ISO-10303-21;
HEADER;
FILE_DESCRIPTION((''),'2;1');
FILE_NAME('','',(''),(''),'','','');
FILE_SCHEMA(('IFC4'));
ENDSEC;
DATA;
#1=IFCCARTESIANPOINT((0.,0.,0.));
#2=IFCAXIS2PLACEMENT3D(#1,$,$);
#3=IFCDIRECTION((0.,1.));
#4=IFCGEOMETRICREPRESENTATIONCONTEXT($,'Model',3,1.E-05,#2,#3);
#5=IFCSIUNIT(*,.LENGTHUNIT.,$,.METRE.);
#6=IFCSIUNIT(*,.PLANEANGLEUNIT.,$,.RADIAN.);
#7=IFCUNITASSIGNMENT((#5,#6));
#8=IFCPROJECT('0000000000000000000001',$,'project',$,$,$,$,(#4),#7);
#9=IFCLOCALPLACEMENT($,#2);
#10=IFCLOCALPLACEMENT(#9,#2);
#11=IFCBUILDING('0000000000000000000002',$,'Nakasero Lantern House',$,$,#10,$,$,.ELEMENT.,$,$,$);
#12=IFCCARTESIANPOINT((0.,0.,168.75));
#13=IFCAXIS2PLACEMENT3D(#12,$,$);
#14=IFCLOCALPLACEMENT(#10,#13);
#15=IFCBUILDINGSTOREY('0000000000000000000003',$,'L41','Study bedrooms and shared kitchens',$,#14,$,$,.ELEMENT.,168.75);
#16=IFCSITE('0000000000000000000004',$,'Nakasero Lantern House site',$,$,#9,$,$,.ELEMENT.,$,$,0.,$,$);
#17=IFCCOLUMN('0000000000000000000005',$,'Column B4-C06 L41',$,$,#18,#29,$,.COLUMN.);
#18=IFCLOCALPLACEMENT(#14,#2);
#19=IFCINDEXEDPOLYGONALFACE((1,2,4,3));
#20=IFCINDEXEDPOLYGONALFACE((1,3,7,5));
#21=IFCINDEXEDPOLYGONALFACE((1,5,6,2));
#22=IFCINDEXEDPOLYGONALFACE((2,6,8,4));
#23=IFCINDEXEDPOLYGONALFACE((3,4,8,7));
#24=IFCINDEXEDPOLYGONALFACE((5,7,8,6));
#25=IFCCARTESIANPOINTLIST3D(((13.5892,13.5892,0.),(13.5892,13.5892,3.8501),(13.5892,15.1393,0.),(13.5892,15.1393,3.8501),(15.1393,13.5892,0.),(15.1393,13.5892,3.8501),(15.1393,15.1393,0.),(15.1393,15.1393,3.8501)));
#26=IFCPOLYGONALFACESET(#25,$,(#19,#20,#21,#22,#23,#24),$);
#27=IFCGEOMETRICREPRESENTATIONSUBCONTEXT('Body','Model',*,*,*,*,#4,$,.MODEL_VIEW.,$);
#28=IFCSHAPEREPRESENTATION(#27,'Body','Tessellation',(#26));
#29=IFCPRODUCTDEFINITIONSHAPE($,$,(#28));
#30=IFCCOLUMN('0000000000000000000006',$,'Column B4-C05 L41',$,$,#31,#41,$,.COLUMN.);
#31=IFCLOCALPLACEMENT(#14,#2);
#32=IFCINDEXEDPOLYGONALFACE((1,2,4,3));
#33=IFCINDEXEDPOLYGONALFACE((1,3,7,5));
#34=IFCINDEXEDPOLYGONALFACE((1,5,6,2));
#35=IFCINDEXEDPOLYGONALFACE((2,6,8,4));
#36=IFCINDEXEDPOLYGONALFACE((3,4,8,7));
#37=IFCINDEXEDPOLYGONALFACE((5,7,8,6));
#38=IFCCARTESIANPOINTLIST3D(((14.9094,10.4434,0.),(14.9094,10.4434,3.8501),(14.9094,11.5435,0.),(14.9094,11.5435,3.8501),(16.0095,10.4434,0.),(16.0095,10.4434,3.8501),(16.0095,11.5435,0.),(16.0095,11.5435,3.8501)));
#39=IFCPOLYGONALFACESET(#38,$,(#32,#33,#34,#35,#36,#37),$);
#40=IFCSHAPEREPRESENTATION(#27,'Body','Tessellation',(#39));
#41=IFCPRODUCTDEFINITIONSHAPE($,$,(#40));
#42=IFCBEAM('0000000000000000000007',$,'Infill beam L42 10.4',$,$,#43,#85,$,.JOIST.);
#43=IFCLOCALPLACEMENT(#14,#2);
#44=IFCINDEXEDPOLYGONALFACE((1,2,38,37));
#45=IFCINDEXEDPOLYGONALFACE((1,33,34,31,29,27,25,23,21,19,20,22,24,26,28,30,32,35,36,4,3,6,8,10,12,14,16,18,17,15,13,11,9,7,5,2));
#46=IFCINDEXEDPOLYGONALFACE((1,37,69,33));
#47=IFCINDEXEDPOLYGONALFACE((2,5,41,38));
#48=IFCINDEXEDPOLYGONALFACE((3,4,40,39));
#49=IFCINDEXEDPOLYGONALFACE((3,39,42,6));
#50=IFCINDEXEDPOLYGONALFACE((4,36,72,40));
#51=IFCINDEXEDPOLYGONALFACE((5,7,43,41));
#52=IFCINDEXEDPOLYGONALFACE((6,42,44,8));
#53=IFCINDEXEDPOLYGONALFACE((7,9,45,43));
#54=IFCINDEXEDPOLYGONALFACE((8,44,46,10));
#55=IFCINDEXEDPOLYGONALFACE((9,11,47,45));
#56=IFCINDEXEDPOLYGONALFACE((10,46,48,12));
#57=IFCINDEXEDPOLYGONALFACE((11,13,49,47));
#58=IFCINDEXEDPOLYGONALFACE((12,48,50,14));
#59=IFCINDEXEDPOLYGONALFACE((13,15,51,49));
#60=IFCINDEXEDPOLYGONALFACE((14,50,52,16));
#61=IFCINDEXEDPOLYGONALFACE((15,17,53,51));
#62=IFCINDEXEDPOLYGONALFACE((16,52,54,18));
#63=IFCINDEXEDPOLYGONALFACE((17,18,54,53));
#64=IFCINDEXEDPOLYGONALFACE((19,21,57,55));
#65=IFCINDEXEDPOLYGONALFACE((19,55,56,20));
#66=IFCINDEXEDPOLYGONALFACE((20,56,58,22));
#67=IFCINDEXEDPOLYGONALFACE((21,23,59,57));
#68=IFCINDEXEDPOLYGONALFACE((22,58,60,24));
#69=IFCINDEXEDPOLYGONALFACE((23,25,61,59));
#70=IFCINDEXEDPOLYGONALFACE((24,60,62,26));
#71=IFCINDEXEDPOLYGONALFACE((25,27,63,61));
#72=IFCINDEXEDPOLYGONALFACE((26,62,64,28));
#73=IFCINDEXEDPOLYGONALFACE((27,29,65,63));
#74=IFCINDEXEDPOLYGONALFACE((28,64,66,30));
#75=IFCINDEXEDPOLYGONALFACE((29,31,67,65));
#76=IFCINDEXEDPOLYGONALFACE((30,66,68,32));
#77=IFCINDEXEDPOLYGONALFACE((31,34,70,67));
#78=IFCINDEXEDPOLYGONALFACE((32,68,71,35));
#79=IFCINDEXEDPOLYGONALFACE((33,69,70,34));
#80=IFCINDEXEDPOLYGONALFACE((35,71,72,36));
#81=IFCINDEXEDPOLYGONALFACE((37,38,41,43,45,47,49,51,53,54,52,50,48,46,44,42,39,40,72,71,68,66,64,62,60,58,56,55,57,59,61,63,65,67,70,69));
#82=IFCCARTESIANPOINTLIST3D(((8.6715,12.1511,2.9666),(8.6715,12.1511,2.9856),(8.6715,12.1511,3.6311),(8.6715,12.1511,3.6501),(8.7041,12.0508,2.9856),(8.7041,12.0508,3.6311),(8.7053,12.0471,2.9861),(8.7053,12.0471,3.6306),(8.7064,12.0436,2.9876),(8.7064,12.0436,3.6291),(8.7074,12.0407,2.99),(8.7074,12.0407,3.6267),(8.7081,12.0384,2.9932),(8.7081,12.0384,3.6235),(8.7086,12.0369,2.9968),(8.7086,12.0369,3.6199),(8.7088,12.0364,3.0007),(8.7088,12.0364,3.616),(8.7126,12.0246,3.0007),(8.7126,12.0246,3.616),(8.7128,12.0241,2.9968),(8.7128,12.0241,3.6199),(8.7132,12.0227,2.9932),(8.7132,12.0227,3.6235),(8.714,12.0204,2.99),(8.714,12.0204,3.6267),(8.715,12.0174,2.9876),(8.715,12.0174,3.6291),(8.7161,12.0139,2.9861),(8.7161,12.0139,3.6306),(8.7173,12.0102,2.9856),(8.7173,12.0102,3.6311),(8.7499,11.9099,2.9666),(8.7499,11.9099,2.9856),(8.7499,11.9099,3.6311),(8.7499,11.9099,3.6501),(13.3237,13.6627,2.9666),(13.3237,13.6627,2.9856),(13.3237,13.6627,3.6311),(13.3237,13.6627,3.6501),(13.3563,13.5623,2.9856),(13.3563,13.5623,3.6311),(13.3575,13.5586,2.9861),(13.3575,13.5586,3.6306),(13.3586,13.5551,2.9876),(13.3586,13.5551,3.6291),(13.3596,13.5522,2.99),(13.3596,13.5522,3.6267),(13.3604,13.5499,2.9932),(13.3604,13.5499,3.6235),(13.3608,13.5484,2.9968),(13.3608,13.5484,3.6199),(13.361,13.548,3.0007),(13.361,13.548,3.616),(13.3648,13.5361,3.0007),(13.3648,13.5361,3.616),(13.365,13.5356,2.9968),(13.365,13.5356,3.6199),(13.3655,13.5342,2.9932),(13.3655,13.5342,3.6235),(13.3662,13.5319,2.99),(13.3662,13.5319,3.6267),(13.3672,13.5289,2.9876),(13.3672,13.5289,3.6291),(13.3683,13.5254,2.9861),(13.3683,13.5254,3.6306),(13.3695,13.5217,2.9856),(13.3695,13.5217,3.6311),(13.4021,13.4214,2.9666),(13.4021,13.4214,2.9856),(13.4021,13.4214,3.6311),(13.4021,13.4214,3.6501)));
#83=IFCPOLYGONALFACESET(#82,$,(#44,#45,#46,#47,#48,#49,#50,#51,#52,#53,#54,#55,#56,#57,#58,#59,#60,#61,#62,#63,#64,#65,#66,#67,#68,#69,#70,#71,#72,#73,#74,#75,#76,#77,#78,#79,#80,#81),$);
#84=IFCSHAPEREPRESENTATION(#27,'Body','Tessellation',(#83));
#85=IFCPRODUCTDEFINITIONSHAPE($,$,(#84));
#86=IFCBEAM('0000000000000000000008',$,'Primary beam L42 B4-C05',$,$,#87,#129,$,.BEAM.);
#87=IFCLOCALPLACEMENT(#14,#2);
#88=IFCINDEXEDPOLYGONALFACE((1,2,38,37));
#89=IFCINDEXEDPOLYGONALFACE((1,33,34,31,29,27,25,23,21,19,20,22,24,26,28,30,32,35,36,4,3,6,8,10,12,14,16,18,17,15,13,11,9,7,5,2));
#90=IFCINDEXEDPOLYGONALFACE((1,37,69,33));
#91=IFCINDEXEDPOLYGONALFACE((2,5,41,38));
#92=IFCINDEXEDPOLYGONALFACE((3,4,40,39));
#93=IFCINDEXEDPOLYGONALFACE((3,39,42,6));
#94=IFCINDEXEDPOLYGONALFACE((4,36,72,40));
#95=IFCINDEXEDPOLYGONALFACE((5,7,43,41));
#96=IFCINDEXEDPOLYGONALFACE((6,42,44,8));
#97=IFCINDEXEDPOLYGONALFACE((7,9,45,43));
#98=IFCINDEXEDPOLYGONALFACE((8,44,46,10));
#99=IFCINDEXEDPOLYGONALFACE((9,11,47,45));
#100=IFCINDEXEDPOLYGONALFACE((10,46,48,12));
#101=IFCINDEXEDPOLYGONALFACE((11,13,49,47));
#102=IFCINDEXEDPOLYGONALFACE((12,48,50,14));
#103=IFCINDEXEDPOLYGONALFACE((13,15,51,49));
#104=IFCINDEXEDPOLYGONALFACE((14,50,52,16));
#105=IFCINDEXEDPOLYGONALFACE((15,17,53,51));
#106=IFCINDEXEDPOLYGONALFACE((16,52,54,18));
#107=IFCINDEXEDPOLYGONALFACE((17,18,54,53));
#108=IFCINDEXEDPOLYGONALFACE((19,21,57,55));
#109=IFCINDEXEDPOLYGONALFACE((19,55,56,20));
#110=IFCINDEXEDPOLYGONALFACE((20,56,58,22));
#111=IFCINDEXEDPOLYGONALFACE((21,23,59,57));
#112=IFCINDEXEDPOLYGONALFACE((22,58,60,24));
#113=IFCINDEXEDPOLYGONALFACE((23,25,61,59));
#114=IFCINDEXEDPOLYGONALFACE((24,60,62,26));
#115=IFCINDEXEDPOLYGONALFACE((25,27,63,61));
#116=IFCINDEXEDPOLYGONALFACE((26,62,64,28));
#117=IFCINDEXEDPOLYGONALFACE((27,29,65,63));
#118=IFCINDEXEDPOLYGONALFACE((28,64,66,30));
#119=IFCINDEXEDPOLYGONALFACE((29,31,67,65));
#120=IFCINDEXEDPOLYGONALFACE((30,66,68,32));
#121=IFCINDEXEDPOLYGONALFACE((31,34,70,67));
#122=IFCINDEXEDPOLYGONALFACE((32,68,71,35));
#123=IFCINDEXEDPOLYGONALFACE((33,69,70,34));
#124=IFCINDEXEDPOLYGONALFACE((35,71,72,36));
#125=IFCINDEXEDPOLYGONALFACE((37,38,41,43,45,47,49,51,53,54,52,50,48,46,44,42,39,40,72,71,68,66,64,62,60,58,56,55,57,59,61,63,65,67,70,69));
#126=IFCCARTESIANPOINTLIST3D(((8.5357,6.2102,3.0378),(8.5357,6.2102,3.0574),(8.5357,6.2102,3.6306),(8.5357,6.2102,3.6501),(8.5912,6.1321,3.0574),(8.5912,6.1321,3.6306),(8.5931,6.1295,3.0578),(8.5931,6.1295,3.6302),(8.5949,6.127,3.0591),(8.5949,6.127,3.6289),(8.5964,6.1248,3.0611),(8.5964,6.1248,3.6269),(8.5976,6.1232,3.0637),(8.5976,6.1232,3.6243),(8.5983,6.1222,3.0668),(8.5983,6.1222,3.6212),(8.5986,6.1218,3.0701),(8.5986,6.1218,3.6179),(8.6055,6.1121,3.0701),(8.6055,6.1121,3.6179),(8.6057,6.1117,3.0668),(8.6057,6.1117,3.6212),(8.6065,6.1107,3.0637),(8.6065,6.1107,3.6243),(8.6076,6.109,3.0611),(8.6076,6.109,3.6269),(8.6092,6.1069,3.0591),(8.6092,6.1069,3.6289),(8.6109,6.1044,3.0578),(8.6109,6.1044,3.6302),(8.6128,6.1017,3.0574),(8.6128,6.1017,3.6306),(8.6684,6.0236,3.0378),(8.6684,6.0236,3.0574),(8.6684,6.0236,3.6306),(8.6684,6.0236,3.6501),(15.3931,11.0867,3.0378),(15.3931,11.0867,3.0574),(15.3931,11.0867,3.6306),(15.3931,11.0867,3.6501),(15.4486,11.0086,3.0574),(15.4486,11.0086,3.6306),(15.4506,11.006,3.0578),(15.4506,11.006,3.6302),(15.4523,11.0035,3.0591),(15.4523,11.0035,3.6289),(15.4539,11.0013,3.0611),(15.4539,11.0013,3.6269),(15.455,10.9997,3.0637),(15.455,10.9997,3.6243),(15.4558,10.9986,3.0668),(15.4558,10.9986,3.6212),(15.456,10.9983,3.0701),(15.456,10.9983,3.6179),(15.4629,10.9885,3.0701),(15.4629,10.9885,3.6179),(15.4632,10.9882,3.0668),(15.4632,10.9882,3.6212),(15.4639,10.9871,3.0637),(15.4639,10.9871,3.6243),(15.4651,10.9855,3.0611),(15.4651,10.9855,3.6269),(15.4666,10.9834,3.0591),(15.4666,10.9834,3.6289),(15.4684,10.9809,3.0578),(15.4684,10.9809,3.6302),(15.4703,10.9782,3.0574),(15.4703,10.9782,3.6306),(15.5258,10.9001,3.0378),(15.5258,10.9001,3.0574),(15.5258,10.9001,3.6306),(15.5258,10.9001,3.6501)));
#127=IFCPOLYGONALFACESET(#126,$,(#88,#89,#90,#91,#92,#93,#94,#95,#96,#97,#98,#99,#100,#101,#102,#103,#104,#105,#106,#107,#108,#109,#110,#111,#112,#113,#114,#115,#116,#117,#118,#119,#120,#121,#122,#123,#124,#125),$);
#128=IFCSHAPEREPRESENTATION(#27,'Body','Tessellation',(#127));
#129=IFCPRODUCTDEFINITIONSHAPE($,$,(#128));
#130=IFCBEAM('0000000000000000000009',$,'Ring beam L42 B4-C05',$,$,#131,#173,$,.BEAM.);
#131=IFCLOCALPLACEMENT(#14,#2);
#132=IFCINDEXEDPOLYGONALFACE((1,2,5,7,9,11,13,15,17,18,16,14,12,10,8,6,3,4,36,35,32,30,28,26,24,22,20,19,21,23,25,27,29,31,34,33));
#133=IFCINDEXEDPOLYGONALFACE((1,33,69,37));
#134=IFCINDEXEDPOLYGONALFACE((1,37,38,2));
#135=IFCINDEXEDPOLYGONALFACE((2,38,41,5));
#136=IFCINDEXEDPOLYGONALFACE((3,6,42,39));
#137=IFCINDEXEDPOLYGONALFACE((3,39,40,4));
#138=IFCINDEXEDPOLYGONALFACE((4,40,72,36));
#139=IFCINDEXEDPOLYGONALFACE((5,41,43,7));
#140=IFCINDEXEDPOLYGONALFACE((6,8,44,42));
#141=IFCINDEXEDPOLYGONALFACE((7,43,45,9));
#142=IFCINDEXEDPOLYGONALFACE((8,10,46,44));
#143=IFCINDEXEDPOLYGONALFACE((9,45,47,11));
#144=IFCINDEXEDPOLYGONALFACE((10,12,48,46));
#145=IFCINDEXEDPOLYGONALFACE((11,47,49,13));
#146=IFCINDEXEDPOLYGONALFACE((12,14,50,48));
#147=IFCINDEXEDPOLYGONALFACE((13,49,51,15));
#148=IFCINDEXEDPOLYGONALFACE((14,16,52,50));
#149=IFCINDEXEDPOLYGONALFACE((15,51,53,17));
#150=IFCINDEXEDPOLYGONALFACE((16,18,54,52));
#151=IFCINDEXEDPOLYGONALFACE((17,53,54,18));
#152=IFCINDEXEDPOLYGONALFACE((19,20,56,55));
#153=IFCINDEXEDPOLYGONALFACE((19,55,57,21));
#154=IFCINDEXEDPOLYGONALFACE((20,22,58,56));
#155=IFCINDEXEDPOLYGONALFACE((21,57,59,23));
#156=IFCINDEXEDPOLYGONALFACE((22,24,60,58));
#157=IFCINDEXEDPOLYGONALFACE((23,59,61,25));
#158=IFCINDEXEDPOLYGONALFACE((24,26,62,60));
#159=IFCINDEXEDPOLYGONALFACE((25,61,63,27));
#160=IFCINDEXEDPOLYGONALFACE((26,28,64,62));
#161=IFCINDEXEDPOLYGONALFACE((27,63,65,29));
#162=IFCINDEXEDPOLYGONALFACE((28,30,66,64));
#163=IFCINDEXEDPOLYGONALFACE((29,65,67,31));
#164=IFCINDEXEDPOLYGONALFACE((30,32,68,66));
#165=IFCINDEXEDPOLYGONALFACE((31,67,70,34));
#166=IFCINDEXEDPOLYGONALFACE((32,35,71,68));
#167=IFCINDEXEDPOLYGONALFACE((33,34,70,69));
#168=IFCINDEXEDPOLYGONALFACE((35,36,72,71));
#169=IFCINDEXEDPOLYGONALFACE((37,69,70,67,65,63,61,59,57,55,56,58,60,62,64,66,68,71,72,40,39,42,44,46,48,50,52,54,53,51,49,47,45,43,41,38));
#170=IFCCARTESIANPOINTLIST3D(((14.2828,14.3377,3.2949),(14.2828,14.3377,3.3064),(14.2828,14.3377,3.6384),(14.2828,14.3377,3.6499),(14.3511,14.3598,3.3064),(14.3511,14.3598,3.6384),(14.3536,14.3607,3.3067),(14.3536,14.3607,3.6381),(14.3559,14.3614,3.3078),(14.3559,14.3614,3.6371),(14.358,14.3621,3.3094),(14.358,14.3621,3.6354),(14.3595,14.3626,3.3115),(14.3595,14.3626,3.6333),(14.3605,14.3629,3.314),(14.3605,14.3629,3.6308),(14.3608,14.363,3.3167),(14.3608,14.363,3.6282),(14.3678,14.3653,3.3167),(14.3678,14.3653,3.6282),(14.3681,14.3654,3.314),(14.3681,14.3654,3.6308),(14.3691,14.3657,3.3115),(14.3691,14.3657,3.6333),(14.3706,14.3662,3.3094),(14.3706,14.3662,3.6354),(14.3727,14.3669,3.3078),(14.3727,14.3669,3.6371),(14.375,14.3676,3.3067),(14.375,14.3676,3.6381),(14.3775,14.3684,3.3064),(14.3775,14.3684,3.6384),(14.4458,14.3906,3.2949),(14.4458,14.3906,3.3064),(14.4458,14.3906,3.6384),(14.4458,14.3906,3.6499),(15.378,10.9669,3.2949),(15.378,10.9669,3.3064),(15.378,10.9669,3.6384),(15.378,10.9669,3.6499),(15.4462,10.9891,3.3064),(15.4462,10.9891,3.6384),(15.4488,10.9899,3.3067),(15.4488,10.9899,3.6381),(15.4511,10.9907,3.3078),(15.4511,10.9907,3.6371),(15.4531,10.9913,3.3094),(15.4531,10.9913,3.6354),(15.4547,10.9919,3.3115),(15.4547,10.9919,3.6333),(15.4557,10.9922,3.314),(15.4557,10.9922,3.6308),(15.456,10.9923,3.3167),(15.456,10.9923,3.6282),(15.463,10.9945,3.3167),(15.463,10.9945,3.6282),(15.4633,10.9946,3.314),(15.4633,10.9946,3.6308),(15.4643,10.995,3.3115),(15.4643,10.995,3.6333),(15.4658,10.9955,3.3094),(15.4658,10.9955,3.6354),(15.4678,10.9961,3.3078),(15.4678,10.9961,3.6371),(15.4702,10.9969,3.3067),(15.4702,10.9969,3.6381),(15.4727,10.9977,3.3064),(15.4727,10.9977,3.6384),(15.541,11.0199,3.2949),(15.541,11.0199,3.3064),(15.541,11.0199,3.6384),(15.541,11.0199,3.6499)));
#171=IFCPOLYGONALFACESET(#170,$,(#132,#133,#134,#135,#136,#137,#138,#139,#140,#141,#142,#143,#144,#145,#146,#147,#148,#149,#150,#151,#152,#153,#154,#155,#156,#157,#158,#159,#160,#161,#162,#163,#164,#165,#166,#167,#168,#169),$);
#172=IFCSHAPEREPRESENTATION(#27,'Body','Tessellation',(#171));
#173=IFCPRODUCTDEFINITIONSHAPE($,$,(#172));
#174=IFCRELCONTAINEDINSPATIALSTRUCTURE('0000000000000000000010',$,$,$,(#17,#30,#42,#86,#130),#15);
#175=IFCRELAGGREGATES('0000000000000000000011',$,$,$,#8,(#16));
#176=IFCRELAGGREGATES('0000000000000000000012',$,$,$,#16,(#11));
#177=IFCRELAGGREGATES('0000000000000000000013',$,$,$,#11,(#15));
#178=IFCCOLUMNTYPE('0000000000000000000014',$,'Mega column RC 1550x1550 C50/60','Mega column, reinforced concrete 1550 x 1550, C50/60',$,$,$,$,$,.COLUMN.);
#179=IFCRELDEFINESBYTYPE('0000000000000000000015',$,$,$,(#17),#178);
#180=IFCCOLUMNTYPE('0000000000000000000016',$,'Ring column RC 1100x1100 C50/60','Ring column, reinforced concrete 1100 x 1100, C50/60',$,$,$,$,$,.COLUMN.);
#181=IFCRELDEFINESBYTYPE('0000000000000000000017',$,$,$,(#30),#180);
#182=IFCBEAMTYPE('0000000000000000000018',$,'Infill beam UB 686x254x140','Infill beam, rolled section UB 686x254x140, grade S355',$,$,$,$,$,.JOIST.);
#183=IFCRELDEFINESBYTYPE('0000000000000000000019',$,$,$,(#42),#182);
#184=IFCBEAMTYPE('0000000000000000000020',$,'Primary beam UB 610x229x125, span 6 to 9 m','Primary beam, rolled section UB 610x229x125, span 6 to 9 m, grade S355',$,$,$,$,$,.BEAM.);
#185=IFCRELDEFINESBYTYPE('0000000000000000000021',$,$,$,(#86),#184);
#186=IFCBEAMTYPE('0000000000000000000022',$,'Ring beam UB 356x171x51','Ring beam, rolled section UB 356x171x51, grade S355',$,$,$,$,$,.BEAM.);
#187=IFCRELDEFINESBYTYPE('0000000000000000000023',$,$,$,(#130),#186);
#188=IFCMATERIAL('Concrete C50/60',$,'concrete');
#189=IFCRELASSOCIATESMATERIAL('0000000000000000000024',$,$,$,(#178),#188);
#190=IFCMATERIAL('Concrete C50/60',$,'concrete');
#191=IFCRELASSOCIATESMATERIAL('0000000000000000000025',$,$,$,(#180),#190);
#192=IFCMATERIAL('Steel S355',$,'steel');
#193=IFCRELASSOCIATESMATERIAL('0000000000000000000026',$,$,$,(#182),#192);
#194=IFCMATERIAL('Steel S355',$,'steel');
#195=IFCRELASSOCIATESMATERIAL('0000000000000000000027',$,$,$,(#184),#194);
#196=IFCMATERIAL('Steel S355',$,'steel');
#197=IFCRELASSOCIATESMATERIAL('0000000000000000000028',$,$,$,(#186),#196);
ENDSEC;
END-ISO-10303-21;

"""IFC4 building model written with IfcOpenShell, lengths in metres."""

from ifc_helpers import new_model, si_unit, direction, frame, origin, origin_2d, place, context, subcontext, project, spatial, rectangle, i_section, extrude, material, material_profile, profile_set, type_object, element, save


model = new_model("IFC4")

# Units and contexts
model_context = context("Model", 3, precision=1e-05, world=origin(), true_north=direction((0.0, 1.0)))
body_context = subcontext(model_context, "Body", "Model", "MODEL_VIEW")
ifc_project = project(units=[si_unit("LENGTHUNIT", "METRE"), si_unit("PLANEANGLEUNIT", "RADIAN")], contexts=[model_context])

# Site, building, storey
site_placement = place(None, origin())
site = spatial("IfcSite", under=ifc_project, at=site_placement, Name="Nakasero Lantern House site", CompositionType="ELEMENT", RefElevation=0.0)
building_placement = place(site_placement, origin())
building = spatial("IfcBuilding", under=site, at=building_placement, Name="Nakasero Lantern House", CompositionType="ELEMENT")
storey_placement = place(building_placement, frame((0.0, 0.0, 168.75)))
storey = spatial("IfcBuildingStorey", under=building, at=storey_placement, Name="L41", Description="Study bedrooms and shared kitchens", CompositionType="ELEMENT", Elevation=168.75)

# Columns
ifc_material_1 = material(Name="Concrete C50/60", Category="concrete")
ifc_material_profile_1 = material_profile(ifc_material_1, rectangle(XDim=1.55, YDim=1.55, at=origin_2d()), Name="RC 1550x1550")
ifc_profile_set_1 = profile_set([ifc_material_profile_1], Name="Concrete C50/60")
column_type_1 = type_object("IfcColumnType", Name="Mega column RC 1550x1550 C50/60", Description="Mega column, reinforced concrete 1550 x 1550, C50/60", PredefinedType="COLUMN", material=ifc_profile_set_1)
column_1_placement = place(storey_placement, frame((14.3643, 14.3643, 0.0), z_axis=(0.0, 0.0, 1.0), x_axis=(1.0, 0.0, 0.0)))
element("IfcColumn", 1, at=column_1_placement, inside=storey, type_object=column_type_1, Name="Column B4-C06 L41", PredefinedType="COLUMN", context=body_context, shape_type="SweptSolid", body=[
    extrude(rectangle(XDim=1.55, YDim=1.55, at=origin_2d()), origin(), (0.0, 0.0, 1.0), 3.8501),
])
ifc_material_2 = material(Name="Concrete C50/60", Category="concrete")
ifc_material_profile_2 = material_profile(ifc_material_2, rectangle(XDim=1.1001, YDim=1.1001, at=origin_2d()), Name="RC 1100x1100")
ifc_profile_set_2 = profile_set([ifc_material_profile_2], Name="Concrete C50/60")
column_type_2 = type_object("IfcColumnType", Name="Ring column RC 1100x1100 C50/60", Description="Ring column, reinforced concrete 1100 x 1100, C50/60", PredefinedType="COLUMN", material=ifc_profile_set_2)
column_2_placement = place(storey_placement, frame((15.4595, 10.9934, 0.0), z_axis=(0.0, 0.0, 1.0), x_axis=(1.0, 0.0, 0.0)))
element("IfcColumn", 2, at=column_2_placement, inside=storey, type_object=column_type_2, Name="Column B4-C05 L41", PredefinedType="COLUMN", context=body_context, shape_type="SweptSolid", body=[
    extrude(rectangle(XDim=1.1001, YDim=1.1001, at=origin_2d()), origin(), (0.0, 0.0, 1.0), 3.8501),
])

# Beams
ifc_material_3 = material(Name="Steel S355", Category="steel")
ifc_material_profile_3 = material_profile(ifc_material_3, i_section(OverallWidth=0.2537, OverallDepth=0.6836, WebThickness=0.0125, FlangeThickness=0.019, FilletRadius=0.0151, at=origin_2d()), Name="UB 686x254x140")
ifc_profile_set_3 = profile_set([ifc_material_profile_3], Name="Steel S355")
beam_type_1 = type_object("IfcBeamType", Name="Infill beam UB 686x254x140", Description="Infill beam, rolled section UB 686x254x140, grade S355", PredefinedType="JOIST", material=ifc_profile_set_3)
beam_1_placement = place(storey_placement, frame((8.7107, 12.0305, 3.3083), z_axis=(0.951062, 0.309001, 0.0), x_axis=(-0.309001, 0.951062, 0.0)))
element("IfcBeam", 3, at=beam_1_placement, inside=storey, type_object=beam_type_1, Name="Infill beam L42 10.4", PredefinedType="JOIST", context=body_context, shape_type="SweptSolid", body=[
    extrude(i_section(OverallWidth=0.2537, OverallDepth=0.6836, WebThickness=0.0125, FlangeThickness=0.019, FilletRadius=0.0151, at=origin_2d()), origin(), (0.0, 0.0, 1.0), 4.8916),
])
ifc_material_4 = material(Name="Steel S355", Category="steel")
ifc_material_profile_4 = material_profile(ifc_material_4, i_section(OverallWidth=0.229, OverallDepth=0.6123, WebThickness=0.012, FlangeThickness=0.0195, FilletRadius=0.0127, at=origin_2d()), Name="UB 610x229x125")
ifc_profile_set_4 = profile_set([ifc_material_profile_4], Name="Steel S355")
beam_type_2 = type_object("IfcBeamType", Name="Primary beam UB 610x229x125, span 6 to 9 m", Description="Primary beam, rolled section UB 610x229x125, span 6 to 9 m, grade S355", PredefinedType="BEAM", material=ifc_profile_set_4)
beam_2_placement = place(storey_placement, frame((15.4595, 10.9934, 3.344), z_axis=(-0.814951, -0.57953, 0.0), x_axis=(0.57953, -0.814951, 0.0)))
element("IfcBeam", 4, at=beam_2_placement, inside=storey, type_object=beam_type_2, Name="Primary beam L42 B4-C05", PredefinedType="BEAM", context=body_context, shape_type="SweptSolid", body=[
    extrude(i_section(OverallWidth=0.229, OverallDepth=0.6123, WebThickness=0.012, FlangeThickness=0.0195, FilletRadius=0.0127, at=origin_2d()), origin(), (0.0, 0.0, 1.0), 8.4146),
])
ifc_material_5 = material(Name="Steel S355", Category="steel")
ifc_material_profile_5 = material_profile(ifc_material_5, i_section(OverallWidth=0.1714, OverallDepth=0.355, WebThickness=0.0073, FlangeThickness=0.0115, FilletRadius=0.0103, at=origin_2d()), Name="UB 356x171x51")
ifc_profile_set_5 = profile_set([ifc_material_profile_5], Name="Steel S355")
beam_type_3 = type_object("IfcBeamType", Name="Ring beam UB 356x171x51", Description="Ring beam, rolled section UB 356x171x51, grade S355", PredefinedType="BEAM", material=ifc_profile_set_5)
beam_3_placement = place(storey_placement, frame((15.4595, 10.9934, 3.4724), z_axis=(-0.309007, 0.95106, 0.0), x_axis=(-0.95106, -0.309007, 0.0)))
element("IfcBeam", 5, at=beam_3_placement, inside=storey, type_object=beam_type_3, Name="Ring beam L42 B4-C05", PredefinedType="BEAM", context=body_context, shape_type="SweptSolid", body=[
    extrude(i_section(OverallWidth=0.1714, OverallDepth=0.355, WebThickness=0.0073, FlangeThickness=0.0115, FilletRadius=0.0103, at=origin_2d()), origin(), (0.0, 0.0, 1.0), 3.5442),
])

save(model, "model.ifc")
